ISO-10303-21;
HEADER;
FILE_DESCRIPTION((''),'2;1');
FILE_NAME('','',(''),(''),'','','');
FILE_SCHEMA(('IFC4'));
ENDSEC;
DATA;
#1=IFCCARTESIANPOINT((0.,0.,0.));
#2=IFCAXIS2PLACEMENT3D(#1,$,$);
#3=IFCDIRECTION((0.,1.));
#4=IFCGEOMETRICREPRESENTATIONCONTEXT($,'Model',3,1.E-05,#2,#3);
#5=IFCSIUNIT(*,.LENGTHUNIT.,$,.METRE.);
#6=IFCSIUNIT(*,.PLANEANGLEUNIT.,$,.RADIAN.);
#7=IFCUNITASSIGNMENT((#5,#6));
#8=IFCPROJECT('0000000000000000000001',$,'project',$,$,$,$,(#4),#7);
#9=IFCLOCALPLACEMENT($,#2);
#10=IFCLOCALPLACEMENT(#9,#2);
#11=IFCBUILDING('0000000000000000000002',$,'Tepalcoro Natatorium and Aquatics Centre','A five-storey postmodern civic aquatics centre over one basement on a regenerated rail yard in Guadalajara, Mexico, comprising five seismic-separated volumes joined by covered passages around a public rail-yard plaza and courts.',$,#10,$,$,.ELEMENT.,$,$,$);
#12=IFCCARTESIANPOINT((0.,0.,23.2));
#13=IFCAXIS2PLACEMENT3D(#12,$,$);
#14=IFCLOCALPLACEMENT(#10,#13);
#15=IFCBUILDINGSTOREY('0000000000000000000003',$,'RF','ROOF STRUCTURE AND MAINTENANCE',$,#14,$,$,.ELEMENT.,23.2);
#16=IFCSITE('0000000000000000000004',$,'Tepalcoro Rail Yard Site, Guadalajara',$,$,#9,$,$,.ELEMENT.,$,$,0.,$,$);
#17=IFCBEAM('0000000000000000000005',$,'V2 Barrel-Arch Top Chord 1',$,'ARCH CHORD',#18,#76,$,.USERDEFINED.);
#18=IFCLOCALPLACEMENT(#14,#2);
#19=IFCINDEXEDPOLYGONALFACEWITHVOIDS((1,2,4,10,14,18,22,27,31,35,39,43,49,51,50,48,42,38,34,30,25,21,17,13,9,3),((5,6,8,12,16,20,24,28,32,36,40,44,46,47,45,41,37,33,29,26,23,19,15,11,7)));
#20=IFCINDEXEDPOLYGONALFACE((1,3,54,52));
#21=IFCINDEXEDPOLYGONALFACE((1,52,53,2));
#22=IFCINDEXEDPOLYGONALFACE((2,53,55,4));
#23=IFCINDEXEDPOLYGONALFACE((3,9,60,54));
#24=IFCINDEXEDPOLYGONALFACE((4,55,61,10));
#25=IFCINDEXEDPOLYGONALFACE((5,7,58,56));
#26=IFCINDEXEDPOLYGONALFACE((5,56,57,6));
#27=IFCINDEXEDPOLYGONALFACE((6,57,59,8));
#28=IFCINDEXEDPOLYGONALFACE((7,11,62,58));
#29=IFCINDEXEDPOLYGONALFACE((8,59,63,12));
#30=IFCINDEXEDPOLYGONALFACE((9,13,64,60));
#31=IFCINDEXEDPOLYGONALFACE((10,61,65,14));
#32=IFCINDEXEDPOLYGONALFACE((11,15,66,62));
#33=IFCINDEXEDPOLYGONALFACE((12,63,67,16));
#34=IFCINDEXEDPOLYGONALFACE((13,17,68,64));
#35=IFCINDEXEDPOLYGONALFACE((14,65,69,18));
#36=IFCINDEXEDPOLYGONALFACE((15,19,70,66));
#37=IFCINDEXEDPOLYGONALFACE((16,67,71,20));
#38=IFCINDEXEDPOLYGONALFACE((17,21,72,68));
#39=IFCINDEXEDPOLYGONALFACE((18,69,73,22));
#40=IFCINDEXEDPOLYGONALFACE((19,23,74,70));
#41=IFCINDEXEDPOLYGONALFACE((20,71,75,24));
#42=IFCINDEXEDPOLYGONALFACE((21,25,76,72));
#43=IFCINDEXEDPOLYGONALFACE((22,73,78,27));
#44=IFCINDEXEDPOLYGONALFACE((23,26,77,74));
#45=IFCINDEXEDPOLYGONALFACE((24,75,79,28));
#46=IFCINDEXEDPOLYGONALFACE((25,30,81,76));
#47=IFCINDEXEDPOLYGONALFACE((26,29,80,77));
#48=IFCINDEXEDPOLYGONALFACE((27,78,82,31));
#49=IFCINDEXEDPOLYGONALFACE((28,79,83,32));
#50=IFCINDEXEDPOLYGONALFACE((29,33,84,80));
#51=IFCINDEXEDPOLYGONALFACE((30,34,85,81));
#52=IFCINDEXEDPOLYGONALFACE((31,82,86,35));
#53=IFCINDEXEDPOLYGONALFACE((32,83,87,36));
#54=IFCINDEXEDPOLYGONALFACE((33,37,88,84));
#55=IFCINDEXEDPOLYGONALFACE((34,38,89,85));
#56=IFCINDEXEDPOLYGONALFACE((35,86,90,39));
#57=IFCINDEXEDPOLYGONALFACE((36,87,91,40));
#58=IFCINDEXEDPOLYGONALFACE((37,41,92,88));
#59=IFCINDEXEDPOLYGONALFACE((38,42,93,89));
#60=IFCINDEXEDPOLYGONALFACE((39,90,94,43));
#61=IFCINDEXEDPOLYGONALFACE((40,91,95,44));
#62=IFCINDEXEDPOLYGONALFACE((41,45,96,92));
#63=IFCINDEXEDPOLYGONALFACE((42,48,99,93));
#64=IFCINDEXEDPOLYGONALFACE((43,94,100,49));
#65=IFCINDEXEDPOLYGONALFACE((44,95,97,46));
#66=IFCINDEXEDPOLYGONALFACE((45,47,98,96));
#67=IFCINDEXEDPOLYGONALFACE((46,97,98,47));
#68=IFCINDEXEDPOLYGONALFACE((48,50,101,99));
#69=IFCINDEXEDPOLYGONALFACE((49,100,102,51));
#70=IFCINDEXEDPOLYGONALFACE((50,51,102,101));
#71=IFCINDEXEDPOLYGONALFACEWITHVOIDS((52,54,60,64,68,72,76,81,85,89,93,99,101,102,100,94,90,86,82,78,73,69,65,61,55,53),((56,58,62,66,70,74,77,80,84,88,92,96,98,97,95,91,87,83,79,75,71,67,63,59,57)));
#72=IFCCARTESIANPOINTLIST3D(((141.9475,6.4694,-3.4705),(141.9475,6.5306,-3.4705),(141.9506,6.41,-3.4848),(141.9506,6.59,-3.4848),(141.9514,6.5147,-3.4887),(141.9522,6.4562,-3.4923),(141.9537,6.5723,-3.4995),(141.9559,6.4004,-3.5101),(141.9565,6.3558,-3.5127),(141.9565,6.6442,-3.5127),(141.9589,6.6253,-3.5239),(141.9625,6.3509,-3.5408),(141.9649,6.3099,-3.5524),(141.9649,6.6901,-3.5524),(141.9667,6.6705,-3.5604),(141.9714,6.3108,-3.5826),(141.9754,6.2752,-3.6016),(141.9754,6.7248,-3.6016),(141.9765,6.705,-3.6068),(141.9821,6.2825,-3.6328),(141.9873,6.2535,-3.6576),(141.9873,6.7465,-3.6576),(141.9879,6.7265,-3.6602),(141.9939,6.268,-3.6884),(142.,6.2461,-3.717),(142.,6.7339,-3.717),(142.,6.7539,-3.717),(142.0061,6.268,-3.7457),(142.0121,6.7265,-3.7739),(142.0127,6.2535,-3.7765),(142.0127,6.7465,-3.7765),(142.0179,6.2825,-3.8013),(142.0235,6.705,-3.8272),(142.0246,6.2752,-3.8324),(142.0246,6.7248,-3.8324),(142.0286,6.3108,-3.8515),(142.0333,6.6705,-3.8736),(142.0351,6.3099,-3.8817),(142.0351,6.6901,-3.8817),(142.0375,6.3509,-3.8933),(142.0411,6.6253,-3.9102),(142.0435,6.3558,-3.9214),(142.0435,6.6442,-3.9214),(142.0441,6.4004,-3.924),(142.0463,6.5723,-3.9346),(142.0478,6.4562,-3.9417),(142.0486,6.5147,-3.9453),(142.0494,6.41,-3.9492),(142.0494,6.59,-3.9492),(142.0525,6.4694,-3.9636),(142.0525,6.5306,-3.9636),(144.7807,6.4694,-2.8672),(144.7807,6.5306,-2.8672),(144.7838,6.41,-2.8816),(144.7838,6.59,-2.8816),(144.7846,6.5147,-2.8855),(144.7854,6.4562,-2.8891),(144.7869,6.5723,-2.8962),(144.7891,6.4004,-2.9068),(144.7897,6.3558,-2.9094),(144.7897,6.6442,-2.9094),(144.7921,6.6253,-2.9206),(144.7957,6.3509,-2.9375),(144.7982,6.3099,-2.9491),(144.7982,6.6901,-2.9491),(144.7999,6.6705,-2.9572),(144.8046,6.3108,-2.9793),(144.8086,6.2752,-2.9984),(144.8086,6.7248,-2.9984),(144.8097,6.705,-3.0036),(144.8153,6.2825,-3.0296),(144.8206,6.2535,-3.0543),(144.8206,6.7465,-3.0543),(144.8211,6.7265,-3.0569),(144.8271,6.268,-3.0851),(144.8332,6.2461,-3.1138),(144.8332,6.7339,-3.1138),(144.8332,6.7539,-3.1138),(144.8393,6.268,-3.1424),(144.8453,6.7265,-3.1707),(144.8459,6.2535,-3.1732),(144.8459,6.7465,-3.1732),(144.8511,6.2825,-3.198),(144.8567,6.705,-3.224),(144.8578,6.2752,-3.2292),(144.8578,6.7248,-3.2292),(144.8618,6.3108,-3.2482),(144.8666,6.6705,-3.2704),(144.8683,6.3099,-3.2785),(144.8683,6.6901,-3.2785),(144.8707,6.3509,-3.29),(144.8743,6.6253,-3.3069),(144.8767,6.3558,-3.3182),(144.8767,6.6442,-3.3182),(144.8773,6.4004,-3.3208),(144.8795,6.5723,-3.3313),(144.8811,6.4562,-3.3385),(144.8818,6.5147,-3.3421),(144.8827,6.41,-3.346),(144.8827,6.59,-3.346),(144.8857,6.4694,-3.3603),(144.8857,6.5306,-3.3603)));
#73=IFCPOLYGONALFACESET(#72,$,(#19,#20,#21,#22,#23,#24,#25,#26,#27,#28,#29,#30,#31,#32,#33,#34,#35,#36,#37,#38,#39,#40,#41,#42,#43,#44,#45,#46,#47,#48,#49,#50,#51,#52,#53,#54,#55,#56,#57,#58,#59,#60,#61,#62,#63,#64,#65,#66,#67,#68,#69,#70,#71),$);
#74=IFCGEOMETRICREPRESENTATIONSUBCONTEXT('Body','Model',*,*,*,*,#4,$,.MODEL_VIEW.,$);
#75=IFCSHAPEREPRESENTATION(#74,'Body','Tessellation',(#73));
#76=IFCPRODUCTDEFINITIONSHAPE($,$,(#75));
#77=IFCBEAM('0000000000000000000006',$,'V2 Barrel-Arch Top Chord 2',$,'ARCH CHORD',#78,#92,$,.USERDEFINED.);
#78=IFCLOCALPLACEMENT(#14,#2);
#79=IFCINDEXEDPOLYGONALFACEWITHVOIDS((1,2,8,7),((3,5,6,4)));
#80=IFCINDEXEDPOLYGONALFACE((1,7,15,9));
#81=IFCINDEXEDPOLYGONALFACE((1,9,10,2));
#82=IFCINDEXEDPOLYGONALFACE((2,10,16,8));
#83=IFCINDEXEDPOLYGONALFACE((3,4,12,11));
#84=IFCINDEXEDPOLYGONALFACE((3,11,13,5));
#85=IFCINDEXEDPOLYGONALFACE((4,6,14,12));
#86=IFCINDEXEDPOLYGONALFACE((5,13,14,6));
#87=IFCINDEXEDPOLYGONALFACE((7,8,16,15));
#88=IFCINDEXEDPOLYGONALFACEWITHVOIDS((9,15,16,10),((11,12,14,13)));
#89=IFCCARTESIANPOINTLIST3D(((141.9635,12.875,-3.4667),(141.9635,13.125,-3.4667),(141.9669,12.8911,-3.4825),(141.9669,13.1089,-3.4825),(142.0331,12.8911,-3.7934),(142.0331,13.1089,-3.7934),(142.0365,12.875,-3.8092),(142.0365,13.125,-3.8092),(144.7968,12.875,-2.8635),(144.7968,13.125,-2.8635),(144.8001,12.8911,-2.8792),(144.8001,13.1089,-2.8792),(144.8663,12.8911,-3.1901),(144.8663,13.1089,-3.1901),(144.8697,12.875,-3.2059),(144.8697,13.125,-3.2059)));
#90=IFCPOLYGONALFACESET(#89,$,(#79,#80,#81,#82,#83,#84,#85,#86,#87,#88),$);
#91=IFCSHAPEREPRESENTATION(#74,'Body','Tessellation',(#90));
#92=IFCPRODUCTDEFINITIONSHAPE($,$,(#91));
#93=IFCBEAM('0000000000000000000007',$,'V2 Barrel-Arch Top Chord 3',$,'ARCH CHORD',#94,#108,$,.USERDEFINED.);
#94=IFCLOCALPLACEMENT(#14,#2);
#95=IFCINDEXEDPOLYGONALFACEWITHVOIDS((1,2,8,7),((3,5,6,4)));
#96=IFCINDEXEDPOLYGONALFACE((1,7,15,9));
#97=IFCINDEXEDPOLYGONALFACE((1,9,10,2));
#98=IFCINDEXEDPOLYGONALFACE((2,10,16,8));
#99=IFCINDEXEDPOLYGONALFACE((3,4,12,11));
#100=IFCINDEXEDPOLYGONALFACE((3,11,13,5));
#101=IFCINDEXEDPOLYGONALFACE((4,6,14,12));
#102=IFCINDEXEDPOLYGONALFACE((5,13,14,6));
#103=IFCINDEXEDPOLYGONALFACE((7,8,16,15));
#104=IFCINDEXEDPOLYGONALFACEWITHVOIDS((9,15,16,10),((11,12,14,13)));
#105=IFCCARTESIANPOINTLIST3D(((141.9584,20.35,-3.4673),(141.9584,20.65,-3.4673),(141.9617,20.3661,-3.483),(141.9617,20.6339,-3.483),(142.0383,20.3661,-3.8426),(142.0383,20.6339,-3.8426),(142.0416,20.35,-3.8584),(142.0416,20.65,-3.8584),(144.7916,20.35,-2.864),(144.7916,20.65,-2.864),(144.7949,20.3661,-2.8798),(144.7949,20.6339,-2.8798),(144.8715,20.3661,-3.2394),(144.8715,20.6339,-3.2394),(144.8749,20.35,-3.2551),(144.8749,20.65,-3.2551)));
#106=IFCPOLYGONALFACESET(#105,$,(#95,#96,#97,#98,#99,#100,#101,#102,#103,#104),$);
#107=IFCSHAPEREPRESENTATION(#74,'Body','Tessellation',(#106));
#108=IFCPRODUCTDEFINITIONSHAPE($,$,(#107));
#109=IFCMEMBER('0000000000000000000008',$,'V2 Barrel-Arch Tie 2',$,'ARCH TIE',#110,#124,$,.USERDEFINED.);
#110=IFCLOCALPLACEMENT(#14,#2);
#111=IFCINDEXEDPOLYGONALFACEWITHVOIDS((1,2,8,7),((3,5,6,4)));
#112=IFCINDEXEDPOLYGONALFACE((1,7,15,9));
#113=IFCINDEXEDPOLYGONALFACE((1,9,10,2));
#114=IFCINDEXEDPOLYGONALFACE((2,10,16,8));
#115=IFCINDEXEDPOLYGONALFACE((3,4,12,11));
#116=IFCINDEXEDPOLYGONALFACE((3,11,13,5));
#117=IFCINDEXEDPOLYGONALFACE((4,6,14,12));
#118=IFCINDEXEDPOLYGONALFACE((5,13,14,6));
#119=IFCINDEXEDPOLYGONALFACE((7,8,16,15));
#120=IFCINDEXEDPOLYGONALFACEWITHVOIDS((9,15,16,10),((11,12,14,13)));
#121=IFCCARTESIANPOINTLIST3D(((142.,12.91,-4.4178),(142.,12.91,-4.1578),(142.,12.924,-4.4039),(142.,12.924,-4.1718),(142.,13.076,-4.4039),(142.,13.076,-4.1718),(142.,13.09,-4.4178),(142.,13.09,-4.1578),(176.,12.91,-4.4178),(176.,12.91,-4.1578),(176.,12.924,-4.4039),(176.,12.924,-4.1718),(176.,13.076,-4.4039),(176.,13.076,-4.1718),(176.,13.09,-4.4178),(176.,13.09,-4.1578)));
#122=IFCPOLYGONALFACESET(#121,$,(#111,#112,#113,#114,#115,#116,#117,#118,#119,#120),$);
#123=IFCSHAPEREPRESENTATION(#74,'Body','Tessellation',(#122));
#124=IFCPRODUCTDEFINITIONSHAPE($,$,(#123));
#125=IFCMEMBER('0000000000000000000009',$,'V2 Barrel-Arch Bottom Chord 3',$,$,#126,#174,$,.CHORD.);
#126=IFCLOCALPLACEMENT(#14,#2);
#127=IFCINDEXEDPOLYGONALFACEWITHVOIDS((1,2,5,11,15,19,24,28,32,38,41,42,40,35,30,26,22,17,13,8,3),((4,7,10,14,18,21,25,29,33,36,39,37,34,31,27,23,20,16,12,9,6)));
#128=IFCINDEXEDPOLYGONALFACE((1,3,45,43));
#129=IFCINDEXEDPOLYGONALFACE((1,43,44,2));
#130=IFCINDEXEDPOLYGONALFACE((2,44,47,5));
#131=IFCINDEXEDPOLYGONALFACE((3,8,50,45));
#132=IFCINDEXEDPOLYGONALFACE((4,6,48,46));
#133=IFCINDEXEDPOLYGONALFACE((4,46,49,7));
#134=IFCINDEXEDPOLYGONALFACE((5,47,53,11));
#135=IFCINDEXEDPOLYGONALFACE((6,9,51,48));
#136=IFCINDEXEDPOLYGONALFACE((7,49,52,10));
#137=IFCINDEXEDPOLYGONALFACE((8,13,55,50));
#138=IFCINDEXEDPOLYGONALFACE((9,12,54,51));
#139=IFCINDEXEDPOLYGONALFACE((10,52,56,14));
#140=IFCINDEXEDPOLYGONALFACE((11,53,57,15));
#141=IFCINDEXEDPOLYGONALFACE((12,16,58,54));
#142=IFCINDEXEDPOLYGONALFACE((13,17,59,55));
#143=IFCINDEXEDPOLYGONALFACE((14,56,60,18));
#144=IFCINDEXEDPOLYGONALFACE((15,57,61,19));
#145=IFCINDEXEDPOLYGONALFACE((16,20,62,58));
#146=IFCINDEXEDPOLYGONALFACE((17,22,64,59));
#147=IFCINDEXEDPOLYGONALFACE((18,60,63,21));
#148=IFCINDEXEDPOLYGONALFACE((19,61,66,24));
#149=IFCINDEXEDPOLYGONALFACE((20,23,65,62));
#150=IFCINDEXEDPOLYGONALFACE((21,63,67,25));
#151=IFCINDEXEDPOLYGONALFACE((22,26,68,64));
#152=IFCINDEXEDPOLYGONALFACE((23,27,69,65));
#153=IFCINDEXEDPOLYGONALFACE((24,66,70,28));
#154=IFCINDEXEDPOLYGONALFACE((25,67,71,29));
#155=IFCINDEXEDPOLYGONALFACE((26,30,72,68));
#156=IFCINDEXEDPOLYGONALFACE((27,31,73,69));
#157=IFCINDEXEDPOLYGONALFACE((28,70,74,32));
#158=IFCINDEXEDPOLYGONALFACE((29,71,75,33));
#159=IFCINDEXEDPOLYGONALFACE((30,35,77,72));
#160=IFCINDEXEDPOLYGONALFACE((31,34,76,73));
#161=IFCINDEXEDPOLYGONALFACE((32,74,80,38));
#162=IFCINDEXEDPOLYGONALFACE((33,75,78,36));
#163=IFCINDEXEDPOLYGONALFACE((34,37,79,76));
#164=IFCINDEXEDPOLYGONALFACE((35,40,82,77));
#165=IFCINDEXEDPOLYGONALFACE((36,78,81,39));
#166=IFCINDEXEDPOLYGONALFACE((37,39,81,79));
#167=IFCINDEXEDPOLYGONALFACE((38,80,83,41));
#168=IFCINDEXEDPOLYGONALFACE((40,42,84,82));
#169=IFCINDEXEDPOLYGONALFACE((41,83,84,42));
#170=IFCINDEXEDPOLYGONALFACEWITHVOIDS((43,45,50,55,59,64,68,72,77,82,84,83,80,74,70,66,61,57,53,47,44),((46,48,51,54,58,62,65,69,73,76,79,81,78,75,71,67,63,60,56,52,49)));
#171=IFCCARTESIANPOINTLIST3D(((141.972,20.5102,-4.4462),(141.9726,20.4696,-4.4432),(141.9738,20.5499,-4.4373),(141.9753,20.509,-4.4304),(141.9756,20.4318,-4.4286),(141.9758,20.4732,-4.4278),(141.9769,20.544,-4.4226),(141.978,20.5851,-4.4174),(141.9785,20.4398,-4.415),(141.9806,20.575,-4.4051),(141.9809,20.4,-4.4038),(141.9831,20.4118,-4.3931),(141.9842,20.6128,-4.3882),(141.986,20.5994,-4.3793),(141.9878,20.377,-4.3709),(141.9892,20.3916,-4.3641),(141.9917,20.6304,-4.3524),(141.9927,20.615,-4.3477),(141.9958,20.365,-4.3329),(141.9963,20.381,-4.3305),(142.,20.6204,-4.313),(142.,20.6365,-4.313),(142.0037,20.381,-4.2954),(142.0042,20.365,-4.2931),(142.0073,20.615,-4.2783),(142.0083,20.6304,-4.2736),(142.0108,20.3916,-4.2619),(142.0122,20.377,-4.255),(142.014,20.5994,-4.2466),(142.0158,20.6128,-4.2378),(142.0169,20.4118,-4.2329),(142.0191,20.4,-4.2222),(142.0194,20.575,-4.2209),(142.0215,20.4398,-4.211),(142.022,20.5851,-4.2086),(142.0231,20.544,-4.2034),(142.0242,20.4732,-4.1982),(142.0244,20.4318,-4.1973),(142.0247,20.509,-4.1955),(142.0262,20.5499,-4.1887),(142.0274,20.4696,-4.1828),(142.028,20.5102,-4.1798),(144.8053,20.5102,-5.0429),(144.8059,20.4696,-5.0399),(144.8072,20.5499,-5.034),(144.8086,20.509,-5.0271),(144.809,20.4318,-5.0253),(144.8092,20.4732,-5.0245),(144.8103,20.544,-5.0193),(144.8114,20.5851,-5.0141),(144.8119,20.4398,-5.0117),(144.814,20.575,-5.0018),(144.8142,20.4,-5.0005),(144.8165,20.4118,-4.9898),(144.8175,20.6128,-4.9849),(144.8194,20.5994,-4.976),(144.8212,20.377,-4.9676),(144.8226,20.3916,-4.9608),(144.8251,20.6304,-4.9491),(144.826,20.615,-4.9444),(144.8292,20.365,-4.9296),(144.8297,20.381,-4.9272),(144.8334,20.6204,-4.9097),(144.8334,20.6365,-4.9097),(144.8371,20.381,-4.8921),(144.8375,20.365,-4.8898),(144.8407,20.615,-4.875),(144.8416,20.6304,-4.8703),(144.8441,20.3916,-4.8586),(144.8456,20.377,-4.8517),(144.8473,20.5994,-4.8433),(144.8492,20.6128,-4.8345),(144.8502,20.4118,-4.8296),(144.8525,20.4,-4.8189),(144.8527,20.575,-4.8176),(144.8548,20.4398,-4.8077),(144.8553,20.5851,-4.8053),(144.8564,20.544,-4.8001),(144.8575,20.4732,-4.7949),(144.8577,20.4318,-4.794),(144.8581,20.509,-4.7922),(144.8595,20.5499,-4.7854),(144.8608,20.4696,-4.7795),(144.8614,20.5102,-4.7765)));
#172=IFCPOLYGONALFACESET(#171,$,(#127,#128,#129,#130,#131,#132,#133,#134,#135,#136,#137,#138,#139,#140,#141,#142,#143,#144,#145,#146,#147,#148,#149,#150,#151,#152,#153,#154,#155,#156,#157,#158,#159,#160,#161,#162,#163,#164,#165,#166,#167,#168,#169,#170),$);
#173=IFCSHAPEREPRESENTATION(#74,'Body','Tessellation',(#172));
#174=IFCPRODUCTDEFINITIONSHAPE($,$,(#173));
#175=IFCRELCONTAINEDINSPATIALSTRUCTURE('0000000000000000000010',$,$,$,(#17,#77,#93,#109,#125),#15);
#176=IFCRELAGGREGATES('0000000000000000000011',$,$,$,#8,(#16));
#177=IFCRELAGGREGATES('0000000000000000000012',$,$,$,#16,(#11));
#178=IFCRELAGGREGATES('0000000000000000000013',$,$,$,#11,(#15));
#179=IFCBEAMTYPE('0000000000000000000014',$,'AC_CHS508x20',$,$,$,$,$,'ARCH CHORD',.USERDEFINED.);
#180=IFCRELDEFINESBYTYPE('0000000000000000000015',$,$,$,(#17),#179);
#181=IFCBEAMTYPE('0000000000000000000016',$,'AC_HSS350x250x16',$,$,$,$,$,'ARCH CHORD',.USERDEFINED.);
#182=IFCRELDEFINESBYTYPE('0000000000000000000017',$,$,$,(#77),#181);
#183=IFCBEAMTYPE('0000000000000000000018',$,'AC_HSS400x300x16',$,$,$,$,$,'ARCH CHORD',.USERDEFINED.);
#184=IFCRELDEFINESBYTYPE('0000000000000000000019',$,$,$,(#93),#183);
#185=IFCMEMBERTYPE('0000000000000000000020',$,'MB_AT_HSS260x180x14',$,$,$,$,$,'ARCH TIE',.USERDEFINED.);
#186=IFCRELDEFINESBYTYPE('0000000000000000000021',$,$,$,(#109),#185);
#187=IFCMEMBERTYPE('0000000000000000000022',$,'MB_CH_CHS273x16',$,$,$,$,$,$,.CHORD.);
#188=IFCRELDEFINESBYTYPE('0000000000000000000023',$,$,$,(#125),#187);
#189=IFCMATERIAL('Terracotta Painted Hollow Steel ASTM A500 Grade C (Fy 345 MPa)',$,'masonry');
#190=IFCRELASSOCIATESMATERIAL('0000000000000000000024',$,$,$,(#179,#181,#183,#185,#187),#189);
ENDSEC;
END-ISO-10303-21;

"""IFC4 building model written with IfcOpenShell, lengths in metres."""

from ifc_helpers import new_model, si_unit, direction, frame, origin, origin_2d, place, context, subcontext, project, spatial, hollow_rectangle, hollow_circle, extrude, material, material_profile, profile_set, type_object, element, save


model = new_model("IFC4")

# Units and contexts
model_context = context("Model", 3, precision=1e-05, world=origin(), true_north=direction((0.0, 1.0)))
body_context = subcontext(model_context, "Body", "Model", "MODEL_VIEW")
ifc_project = project(units=[si_unit("LENGTHUNIT", "METRE"), si_unit("PLANEANGLEUNIT", "RADIAN")], contexts=[model_context])

# Site, building, storey
site_placement = place(None, origin())
site = spatial("IfcSite", under=ifc_project, at=site_placement, Name="Tepalcoro Rail Yard Site, Guadalajara", CompositionType="ELEMENT", RefElevation=0.0)
building_placement = place(site_placement, origin())
building = spatial("IfcBuilding", under=site, at=building_placement, Name="Tepalcoro Natatorium and Aquatics Centre", Description="A five-storey postmodern civic aquatics centre over one basement on a regenerated rail yard in Guadalajara, Mexico, comprising five seismic-separated volumes joined by covered passages around a public rail-yard plaza and courts.", CompositionType="ELEMENT")
storey_placement = place(building_placement, frame((0.0, 0.0, 23.2)))
storey = spatial("IfcBuildingStorey", under=building, at=storey_placement, Name="RF", Description="ROOF STRUCTURE AND MAINTENANCE", CompositionType="ELEMENT", Elevation=23.2)

# Beams
ifc_material_1 = material(Name="Terracotta Painted Hollow Steel ASTM A500 Grade C (Fy 345 MPa)", Category="masonry")
ifc_material_profile_1 = material_profile(ifc_material_1, hollow_circle(Radius=0.2539, WallThickness=0.02, at=origin_2d()), Name="CHS508X20")
ifc_profile_set_1 = profile_set([ifc_material_profile_1], Name="Terracotta Painted Hollow Steel ASTM A500 Grade C (Fy 345 MPa)")
beam_type_1 = type_object("IfcBeamType", Name="AC_CHS508x20", ElementType="ARCH CHORD", PredefinedType="USERDEFINED", material=ifc_profile_set_1)
beam_1_placement = place(storey_placement, frame((142.0, 6.5, -3.717), z_axis=(0.978074, 0.0, 0.208257), x_axis=(0.0, 1.0, 0.0)))
element("IfcBeam", 1, at=beam_1_placement, inside=storey, type_object=beam_type_1, Name="V2 Barrel-Arch Top Chord 1", ObjectType="ARCH CHORD", PredefinedType="USERDEFINED", context=body_context, shape_type="SweptSolid", body=[
    extrude(hollow_circle(Radius=0.2539, WallThickness=0.02, at=origin_2d()), origin(), (0.0, 0.0, 1.0), 2.8967),
])
ifc_material_profile_2 = material_profile(ifc_material_1, hollow_rectangle(XDim=0.25, YDim=0.3501, WallThickness=0.0161, at=origin_2d()), Name="HSS350X250X16")
ifc_profile_set_2 = profile_set([ifc_material_profile_2], Name="Terracotta Painted Hollow Steel ASTM A500 Grade C (Fy 345 MPa)")
beam_type_2 = type_object("IfcBeamType", Name="AC_HSS350x250x16", ElementType="ARCH CHORD", PredefinedType="USERDEFINED", material=ifc_profile_set_2)
beam_2_placement = place(storey_placement, frame((142.0, 13.0, -3.6379), z_axis=(0.978074, 0.0, 0.208257), x_axis=(0.0, 1.0, 0.0)))
element("IfcBeam", 2, at=beam_2_placement, inside=storey, type_object=beam_type_2, Name="V2 Barrel-Arch Top Chord 2", ObjectType="ARCH CHORD", PredefinedType="USERDEFINED", context=body_context, shape_type="SweptSolid", body=[
    extrude(hollow_rectangle(XDim=0.25, YDim=0.3501, WallThickness=0.0161, at=origin_2d()), origin(), (0.0, 0.0, 1.0), 2.8967),
])
ifc_material_profile_3 = material_profile(ifc_material_1, hollow_rectangle(XDim=0.3, YDim=0.3999, WallThickness=0.0161, at=origin_2d()), Name="HSS400X300X16")
ifc_profile_set_3 = profile_set([ifc_material_profile_3], Name="Terracotta Painted Hollow Steel ASTM A500 Grade C (Fy 345 MPa)")
beam_type_3 = type_object("IfcBeamType", Name="AC_HSS400x300x16", ElementType="ARCH CHORD", PredefinedType="USERDEFINED", material=ifc_profile_set_3)
beam_3_placement = place(storey_placement, frame((142.0, 20.5, -3.6628), z_axis=(0.978074, 0.0, 0.208257), x_axis=(0.0, 1.0, 0.0)))
element("IfcBeam", 3, at=beam_3_placement, inside=storey, type_object=beam_type_3, Name="V2 Barrel-Arch Top Chord 3", ObjectType="ARCH CHORD", PredefinedType="USERDEFINED", context=body_context, shape_type="SweptSolid", body=[
    extrude(hollow_rectangle(XDim=0.3, YDim=0.3999, WallThickness=0.0161, at=origin_2d()), origin(), (0.0, 0.0, 1.0), 2.8967),
])

# Members
ifc_material_profile_4 = material_profile(ifc_material_1, hollow_rectangle(XDim=0.1799, YDim=0.26, WallThickness=0.0139, at=origin_2d()), Name="HSS260X180X14")
ifc_profile_set_4 = profile_set([ifc_material_profile_4], Name="Terracotta Painted Hollow Steel ASTM A500 Grade C (Fy 345 MPa)")
member_type_1 = type_object("IfcMemberType", Name="MB_AT_HSS260x180x14", ElementType="ARCH TIE", PredefinedType="USERDEFINED", material=ifc_profile_set_4)
member_1_placement = place(storey_placement, frame((142.0, 13.0, -4.2878), z_axis=(1.0, 0.0, 0.0), x_axis=(0.0, 1.0, 0.0)))
element("IfcMember", 4, at=member_1_placement, inside=storey, type_object=member_type_1, Name="V2 Barrel-Arch Tie 2", ObjectType="ARCH TIE", PredefinedType="USERDEFINED", context=body_context, shape_type="SweptSolid", body=[
    extrude(hollow_rectangle(XDim=0.1799, YDim=0.26, WallThickness=0.0139, at=origin_2d()), origin(), (0.0, 0.0, 1.0), 34.0),
])
ifc_material_profile_5 = material_profile(ifc_material_1, hollow_circle(Radius=0.1365, WallThickness=0.0161, at=origin_2d()), Name="CHS273X16")
ifc_profile_set_5 = profile_set([ifc_material_profile_5], Name="Terracotta Painted Hollow Steel ASTM A500 Grade C (Fy 345 MPa)")
member_type_2 = type_object("IfcMemberType", Name="MB_CH_CHS273x16", PredefinedType="CHORD", material=ifc_profile_set_5)
member_2_placement = place(storey_placement, frame((142.0, 20.5, -4.313), z_axis=(0.978535, 0.0, -0.206078), x_axis=(0.0, 1.0, 0.0)))
element("IfcMember", 5, at=member_2_placement, inside=storey, type_object=member_type_2, Name="V2 Barrel-Arch Bottom Chord 3", PredefinedType="CHORD", context=body_context, shape_type="SweptSolid", body=[
    extrude(hollow_circle(Radius=0.1365, WallThickness=0.0161, at=origin_2d()), origin(), (0.0, 0.0, 1.0), 2.8955),
])

save(model, "model.ifc")
